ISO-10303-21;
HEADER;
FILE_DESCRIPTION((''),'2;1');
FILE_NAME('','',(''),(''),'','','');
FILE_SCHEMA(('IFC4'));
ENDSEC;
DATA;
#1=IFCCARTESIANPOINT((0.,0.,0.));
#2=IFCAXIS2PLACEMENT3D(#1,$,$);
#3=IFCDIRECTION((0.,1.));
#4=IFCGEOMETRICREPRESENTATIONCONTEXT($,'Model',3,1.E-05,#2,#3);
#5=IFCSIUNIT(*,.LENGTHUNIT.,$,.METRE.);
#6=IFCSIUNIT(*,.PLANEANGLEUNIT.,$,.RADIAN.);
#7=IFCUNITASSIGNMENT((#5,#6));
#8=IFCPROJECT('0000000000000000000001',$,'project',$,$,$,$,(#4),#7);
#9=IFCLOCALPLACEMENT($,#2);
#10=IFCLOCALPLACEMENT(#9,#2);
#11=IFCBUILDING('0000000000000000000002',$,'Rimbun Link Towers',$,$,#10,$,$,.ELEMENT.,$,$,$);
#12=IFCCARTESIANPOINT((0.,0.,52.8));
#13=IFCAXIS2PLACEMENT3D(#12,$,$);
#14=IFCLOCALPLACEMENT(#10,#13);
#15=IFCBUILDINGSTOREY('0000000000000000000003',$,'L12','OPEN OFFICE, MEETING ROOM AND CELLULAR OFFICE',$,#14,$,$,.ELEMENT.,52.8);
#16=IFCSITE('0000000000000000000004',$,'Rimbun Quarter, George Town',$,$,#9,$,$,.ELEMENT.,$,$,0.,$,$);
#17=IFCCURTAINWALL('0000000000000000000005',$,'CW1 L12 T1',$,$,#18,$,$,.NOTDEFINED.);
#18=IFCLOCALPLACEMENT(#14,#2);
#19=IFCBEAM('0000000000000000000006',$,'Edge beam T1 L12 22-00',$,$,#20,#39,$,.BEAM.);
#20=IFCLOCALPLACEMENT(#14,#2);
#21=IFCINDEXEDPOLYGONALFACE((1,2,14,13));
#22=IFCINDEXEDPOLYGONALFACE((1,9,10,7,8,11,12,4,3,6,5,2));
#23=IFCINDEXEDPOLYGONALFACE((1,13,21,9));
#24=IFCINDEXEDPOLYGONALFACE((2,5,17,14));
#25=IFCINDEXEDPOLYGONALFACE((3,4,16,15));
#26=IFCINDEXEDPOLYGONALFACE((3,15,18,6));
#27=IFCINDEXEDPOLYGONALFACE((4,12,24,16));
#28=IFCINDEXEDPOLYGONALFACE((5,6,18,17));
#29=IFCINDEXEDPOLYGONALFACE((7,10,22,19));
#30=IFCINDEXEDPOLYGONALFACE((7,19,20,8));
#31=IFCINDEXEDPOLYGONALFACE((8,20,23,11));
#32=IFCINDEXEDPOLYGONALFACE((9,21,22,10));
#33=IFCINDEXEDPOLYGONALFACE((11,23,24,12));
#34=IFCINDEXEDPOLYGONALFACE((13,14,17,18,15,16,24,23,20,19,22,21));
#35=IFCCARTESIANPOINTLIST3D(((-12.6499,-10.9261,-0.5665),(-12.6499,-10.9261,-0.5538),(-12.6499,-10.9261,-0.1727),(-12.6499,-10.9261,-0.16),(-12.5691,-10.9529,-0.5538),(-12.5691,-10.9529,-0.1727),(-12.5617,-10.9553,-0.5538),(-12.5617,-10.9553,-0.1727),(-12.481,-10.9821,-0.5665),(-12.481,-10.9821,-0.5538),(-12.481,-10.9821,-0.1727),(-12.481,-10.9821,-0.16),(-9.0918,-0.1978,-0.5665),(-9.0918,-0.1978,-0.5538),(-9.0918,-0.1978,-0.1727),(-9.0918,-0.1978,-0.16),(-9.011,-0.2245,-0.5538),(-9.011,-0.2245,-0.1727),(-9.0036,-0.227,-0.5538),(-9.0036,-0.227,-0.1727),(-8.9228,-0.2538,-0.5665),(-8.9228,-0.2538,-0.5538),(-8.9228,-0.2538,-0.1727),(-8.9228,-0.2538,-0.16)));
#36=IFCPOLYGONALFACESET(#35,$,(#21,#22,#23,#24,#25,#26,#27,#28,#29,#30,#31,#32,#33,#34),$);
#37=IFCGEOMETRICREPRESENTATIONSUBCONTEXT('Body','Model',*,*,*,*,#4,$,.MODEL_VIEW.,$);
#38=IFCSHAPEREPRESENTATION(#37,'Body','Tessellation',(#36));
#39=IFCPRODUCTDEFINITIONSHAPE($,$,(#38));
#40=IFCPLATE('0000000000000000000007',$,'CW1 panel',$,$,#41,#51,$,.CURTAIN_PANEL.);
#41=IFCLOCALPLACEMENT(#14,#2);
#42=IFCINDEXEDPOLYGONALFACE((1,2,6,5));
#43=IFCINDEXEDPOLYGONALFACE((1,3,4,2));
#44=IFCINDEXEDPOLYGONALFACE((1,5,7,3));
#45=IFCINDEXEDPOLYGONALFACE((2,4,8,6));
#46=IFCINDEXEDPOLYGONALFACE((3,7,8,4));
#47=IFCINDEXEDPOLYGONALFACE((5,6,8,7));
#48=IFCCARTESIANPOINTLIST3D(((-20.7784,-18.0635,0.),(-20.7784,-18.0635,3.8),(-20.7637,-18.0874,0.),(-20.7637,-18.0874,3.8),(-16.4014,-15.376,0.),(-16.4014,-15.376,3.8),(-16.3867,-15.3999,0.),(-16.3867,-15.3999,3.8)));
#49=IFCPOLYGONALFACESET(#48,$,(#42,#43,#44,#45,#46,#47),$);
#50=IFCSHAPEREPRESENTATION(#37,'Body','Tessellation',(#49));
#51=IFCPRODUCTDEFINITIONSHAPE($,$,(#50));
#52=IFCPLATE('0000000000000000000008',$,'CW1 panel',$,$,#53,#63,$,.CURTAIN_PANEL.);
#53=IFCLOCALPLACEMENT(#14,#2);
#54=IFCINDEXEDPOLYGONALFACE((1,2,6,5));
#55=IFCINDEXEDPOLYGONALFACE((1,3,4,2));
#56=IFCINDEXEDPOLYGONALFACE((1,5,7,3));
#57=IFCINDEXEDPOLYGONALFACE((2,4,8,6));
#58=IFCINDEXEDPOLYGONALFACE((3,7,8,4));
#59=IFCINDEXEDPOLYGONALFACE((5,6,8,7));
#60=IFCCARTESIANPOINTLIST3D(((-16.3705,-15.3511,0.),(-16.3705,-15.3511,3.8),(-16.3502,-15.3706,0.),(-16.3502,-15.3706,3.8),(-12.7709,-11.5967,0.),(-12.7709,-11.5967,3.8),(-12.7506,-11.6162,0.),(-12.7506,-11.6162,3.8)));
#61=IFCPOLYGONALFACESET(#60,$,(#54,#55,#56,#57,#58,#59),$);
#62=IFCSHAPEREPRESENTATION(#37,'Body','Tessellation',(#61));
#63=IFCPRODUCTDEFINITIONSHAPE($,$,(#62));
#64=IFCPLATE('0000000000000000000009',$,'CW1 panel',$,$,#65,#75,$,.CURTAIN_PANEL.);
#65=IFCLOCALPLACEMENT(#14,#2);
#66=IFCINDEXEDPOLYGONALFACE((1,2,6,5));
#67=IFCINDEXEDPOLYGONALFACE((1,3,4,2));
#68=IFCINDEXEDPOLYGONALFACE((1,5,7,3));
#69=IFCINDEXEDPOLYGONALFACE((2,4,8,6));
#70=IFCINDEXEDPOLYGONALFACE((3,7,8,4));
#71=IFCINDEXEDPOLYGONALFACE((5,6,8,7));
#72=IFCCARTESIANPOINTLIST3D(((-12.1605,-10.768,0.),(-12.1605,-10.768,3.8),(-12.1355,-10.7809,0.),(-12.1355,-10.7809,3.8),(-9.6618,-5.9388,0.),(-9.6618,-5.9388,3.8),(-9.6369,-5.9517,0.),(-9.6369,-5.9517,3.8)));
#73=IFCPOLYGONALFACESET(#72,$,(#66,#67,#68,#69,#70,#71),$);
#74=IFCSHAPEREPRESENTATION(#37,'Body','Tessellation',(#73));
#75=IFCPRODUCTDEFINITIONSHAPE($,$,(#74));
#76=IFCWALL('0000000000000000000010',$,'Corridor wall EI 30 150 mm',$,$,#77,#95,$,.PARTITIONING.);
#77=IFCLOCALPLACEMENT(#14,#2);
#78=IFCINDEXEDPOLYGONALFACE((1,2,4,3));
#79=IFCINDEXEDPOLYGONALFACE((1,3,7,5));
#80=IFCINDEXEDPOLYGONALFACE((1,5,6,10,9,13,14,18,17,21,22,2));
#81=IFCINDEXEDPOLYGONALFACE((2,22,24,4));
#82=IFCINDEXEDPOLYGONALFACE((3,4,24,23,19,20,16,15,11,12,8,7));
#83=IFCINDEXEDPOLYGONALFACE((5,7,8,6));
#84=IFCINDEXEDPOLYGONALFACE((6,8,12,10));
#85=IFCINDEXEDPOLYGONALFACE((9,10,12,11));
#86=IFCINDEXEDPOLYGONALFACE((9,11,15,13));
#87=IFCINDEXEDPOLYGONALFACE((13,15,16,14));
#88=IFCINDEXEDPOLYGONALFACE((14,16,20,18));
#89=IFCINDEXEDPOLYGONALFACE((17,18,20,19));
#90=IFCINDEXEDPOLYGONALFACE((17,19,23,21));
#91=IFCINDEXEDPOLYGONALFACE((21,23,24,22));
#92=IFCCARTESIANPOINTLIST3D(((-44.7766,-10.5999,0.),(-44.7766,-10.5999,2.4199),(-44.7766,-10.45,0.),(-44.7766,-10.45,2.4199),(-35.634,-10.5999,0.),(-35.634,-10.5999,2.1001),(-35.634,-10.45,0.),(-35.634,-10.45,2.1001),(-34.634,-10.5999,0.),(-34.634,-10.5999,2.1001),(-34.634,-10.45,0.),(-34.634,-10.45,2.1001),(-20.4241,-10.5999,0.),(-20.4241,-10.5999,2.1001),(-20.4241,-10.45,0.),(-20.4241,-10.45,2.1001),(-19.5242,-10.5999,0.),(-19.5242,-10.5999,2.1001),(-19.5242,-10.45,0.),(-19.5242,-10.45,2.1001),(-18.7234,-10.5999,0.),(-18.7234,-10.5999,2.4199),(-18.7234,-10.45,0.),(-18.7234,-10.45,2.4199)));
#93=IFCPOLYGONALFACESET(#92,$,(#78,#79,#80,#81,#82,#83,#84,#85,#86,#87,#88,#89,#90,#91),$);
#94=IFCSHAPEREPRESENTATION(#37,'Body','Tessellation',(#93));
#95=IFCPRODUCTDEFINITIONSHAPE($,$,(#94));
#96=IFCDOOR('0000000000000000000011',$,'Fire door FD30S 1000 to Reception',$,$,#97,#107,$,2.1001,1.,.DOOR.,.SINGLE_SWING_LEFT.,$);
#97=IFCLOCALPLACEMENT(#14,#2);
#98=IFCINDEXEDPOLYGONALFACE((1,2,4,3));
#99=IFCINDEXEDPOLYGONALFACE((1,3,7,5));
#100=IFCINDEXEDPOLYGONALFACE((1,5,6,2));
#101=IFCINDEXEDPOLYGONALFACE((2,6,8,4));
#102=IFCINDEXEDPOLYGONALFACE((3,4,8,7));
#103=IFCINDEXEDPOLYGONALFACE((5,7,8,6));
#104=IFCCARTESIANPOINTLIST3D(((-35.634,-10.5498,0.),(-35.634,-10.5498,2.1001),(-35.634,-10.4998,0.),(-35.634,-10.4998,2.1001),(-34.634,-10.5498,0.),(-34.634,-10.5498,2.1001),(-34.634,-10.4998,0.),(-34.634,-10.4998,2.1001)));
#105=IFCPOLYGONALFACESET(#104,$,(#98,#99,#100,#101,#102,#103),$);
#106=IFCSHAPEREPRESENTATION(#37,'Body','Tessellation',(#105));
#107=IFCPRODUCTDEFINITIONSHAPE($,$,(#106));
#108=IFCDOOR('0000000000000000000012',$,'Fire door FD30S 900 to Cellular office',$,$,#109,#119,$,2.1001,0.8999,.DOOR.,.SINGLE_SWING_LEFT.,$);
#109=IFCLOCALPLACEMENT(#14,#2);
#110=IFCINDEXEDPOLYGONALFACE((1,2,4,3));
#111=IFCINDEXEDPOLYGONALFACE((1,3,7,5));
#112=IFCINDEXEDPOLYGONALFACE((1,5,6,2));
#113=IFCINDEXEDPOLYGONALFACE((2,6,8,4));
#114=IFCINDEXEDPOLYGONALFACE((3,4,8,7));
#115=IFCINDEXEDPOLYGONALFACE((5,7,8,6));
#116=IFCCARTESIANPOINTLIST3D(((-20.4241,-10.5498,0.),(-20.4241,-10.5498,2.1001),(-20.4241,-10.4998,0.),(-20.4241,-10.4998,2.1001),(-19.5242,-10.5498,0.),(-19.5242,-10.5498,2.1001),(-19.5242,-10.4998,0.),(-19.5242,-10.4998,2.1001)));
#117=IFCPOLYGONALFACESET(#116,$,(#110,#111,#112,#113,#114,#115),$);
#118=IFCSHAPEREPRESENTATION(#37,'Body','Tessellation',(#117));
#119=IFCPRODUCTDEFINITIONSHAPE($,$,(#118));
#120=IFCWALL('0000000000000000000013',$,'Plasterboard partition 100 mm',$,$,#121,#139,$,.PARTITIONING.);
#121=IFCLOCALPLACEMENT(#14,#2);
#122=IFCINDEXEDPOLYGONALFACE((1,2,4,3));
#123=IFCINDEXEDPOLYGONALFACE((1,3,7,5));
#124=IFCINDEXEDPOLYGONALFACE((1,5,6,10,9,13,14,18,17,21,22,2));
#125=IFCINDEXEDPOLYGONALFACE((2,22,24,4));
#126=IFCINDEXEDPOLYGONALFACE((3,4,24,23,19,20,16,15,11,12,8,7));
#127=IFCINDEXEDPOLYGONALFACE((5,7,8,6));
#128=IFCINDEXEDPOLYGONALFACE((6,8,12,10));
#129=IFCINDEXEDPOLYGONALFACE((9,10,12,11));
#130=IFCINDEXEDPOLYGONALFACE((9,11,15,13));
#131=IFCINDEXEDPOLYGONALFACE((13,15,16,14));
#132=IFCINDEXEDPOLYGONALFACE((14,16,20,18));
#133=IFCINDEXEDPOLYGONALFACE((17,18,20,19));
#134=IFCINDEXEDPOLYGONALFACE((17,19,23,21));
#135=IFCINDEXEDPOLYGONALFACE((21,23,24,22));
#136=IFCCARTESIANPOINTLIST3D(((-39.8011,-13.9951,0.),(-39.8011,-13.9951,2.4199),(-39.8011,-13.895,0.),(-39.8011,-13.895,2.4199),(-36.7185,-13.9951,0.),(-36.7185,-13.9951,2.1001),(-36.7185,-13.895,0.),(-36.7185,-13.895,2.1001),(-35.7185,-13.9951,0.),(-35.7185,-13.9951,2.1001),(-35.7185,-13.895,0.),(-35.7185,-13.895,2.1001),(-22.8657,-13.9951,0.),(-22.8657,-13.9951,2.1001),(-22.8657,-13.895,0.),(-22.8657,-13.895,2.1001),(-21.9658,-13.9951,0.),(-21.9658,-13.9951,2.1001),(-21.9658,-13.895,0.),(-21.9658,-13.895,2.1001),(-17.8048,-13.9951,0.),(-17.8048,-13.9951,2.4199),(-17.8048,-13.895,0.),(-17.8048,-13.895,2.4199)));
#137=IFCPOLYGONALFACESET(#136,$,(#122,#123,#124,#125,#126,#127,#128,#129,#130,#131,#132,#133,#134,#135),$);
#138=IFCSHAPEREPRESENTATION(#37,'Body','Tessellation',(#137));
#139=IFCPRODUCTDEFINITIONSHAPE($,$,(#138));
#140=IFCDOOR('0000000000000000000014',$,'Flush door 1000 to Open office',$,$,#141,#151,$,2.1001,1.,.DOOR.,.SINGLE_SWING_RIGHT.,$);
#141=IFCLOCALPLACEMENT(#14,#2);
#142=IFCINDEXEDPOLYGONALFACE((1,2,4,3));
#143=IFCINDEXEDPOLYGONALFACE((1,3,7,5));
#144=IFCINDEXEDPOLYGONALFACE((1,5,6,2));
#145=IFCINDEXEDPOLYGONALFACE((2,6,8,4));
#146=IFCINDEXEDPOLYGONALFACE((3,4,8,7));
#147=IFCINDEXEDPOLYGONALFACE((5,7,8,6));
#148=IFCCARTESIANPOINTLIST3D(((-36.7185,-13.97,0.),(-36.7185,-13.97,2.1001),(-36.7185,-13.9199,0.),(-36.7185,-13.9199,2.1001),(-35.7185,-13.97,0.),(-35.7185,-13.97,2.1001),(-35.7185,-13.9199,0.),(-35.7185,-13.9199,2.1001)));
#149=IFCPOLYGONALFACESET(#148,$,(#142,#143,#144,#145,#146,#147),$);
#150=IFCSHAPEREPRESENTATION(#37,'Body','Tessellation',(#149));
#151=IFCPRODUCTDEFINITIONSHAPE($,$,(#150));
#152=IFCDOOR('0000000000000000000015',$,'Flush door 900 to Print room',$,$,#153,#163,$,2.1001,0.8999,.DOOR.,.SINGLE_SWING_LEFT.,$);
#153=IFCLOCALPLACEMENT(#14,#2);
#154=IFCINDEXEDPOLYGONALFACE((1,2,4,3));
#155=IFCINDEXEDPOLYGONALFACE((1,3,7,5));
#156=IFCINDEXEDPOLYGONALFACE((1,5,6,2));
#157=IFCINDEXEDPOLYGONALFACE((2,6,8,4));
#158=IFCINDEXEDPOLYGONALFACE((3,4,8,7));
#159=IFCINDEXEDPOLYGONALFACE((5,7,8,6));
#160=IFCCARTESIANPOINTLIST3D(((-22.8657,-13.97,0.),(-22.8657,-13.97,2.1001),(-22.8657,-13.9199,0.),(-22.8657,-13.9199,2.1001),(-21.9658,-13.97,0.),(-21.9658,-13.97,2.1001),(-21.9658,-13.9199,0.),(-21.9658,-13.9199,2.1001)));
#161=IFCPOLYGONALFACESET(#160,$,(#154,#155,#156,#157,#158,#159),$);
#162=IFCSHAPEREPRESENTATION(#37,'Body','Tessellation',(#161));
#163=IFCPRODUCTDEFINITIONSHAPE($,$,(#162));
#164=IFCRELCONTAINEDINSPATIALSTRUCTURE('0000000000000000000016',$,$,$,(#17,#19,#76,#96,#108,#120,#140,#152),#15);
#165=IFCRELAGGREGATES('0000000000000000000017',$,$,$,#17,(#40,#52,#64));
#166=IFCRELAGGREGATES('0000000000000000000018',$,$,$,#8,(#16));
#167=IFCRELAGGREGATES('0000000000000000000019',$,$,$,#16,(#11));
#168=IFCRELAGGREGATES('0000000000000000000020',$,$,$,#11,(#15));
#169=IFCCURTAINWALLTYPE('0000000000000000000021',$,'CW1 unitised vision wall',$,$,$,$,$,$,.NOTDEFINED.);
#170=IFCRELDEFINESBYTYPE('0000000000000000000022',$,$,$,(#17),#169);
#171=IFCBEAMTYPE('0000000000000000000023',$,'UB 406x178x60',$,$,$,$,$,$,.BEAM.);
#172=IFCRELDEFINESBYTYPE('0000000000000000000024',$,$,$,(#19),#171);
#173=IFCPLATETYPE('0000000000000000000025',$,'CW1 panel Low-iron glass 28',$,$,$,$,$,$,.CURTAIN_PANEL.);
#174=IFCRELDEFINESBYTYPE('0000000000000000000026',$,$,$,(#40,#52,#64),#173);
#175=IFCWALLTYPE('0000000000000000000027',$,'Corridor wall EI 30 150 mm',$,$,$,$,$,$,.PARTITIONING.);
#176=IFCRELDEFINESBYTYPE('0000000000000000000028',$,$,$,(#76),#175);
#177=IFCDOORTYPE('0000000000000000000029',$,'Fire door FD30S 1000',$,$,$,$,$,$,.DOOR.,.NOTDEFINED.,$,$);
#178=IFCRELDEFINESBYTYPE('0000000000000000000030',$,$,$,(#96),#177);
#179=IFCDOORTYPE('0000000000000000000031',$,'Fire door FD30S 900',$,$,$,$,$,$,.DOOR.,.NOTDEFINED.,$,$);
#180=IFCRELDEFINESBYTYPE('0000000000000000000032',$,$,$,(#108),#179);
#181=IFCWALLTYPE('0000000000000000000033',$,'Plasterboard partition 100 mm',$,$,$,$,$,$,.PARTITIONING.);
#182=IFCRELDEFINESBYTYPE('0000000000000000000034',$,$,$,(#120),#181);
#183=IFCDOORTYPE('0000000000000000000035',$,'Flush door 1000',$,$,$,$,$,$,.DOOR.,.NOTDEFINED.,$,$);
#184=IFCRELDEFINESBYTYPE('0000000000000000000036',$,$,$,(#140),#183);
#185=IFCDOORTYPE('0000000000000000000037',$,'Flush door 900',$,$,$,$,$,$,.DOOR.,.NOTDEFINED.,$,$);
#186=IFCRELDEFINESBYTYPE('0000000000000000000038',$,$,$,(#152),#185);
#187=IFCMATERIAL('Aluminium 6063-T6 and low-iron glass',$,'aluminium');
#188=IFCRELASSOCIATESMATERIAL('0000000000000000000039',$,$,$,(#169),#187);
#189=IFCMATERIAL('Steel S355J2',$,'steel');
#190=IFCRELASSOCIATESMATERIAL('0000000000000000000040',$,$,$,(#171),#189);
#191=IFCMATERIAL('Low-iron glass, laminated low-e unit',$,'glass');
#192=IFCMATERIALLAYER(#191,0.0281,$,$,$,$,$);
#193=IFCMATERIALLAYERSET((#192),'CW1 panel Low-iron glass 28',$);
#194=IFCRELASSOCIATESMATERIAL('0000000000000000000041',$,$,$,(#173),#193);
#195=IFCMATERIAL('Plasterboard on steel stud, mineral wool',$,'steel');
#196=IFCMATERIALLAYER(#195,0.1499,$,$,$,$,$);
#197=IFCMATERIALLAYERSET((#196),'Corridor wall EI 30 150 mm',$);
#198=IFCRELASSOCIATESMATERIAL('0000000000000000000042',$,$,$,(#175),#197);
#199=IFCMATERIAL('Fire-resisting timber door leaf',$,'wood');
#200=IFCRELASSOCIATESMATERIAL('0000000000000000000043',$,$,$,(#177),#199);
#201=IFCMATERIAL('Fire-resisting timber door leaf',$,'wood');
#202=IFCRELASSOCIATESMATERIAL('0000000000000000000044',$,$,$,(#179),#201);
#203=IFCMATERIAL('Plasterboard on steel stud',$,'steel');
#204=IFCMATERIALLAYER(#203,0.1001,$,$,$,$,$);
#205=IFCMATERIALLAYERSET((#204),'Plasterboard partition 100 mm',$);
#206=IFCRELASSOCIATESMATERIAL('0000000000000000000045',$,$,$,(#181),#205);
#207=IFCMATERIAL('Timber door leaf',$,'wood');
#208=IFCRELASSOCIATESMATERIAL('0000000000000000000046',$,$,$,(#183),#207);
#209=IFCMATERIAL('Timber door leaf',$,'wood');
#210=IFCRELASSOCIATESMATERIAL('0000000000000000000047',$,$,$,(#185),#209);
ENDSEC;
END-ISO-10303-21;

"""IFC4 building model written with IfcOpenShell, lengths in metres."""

from ifc_helpers import new_model, si_unit, direction, frame, frame_2d, origin, origin_2d, place, context, subcontext, project, spatial, rectangle, i_section, extrude, material, layer, layer_set, material_profile, profile_set, type_object, element, fill, aggregate, save


model = new_model("IFC4")

# Units and contexts
model_context = context("Model", 3, precision=1e-05, world=origin(), true_north=direction((0.0, 1.0)))
body_context = subcontext(model_context, "Body", "Model", "MODEL_VIEW")
ifc_project = project(units=[si_unit("LENGTHUNIT", "METRE"), si_unit("PLANEANGLEUNIT", "RADIAN")], contexts=[model_context])

# Site, building, storey
site_placement = place(None, origin())
site = spatial("IfcSite", under=ifc_project, at=site_placement, Name="Rimbun Quarter, George Town", CompositionType="ELEMENT", RefElevation=0.0)
building_placement = place(site_placement, origin())
building = spatial("IfcBuilding", under=site, at=building_placement, Name="Rimbun Link Towers", CompositionType="ELEMENT")
storey_placement = place(building_placement, frame((0.0, 0.0, 52.8)))
storey = spatial("IfcBuildingStorey", under=building, at=storey_placement, Name="L12", Description="OPEN OFFICE, MEETING ROOM AND CELLULAR OFFICE", CompositionType="ELEMENT", Elevation=52.8)

# Curtain wall
ifc_material_1 = material(Name="Aluminium 6063-T6 and low-iron glass", Category="aluminium")
curtain_wall_type = type_object("IfcCurtainWallType", Name="CW1 unitised vision wall", PredefinedType="NOTDEFINED", material=ifc_material_1)
curtain_wall_placement = place(storey_placement, origin())
curtain_wall = element("IfcCurtainWall", 1, at=curtain_wall_placement, inside=storey, type_object=curtain_wall_type, Name="CW1 L12 T1", PredefinedType="NOTDEFINED")

# Beam
ifc_material_2 = material(Name="Steel S355J2", Category="steel")
ifc_material_profile_1 = material_profile(ifc_material_2, i_section(OverallWidth=0.178, OverallDepth=0.4065, WebThickness=0.0078, FlangeThickness=0.0127, at=origin_2d()), Name="UB 406x178x60")
ifc_profile_set_1 = profile_set([ifc_material_profile_1], Name="Steel S355J2")
beam_type = type_object("IfcBeamType", Name="UB 406x178x60", PredefinedType="BEAM", material=ifc_profile_set_1)
beam_placement = place(storey_placement, frame((-12.5654, -10.9541, -0.3633), z_axis=(0.314795, 0.94916, 0.0), x_axis=(-0.94916, 0.314795, 0.0)))
element("IfcBeam", 2, at=beam_placement, inside=storey, type_object=beam_type, Name="Edge beam T1 L12 22-00", PredefinedType="BEAM", context=body_context, shape_type="SweptSolid", body=[
    extrude(i_section(OverallWidth=0.178, OverallDepth=0.4065, WebThickness=0.0078, FlangeThickness=0.0127, at=origin_2d()), origin(), (0.0, 0.0, 1.0), 11.303),
])

# Plates
ifc_material_3 = material(Name="Low-iron glass, laminated low-e unit", Category="glass")
ifc_layer_1 = layer(ifc_material_3, 0.0281)
ifc_layer_set_1 = layer_set([ifc_layer_1], Name="CW1 panel Low-iron glass 28")
plate_type = type_object("IfcPlateType", Name="CW1 panel Low-iron glass 28", PredefinedType="CURTAIN_PANEL", material=ifc_layer_set_1)
plate_1_placement = place(storey_placement, frame((-18.5825, -16.7317, 0.0), z_axis=(0.0, 0.0, 1.0), x_axis=(-0.852183, -0.523243, 0.0)))
plate_1 = element("IfcPlate", 3, at=plate_1_placement, type_object=plate_type, Name="CW1 panel", PredefinedType="CURTAIN_PANEL", context=body_context, shape_type="SweptSolid", body=[
    extrude(rectangle(XDim=5.1362, YDim=0.0281, at=origin_2d()), origin(), (0.0, 0.0, 1.0), 3.8),
])
plate_2_placement = place(storey_placement, frame((-14.5605, -13.4836, 0.0), z_axis=(0.0, 0.0, 1.0), x_axis=(-0.692065, -0.721835, 0.0)))
plate_2 = element("IfcPlate", 4, at=plate_2_placement, type_object=plate_type, Name="CW1 panel", PredefinedType="CURTAIN_PANEL", context=body_context, shape_type="SweptSolid", body=[
    extrude(rectangle(XDim=5.2012, YDim=0.0281, at=origin_2d()), origin(), (0.0, 0.0, 1.0), 3.8),
])
plate_3_placement = place(storey_placement, frame((-10.8987, -8.3599, 0.0), z_axis=(0.0, 0.0, 1.0), x_axis=(-0.459541, -0.888157, 0.0)))
plate_3 = element("IfcPlate", 5, at=plate_3_placement, type_object=plate_type, Name="CW1 panel", PredefinedType="CURTAIN_PANEL", context=body_context, shape_type="SweptSolid", body=[
    extrude(rectangle(XDim=5.4373, YDim=0.0281, at=origin_2d()), origin(), (0.0, 0.0, 1.0), 3.8),
])
aggregate(curtain_wall, [plate_1, plate_2, plate_3])

# Walls, openings, doors
ifc_material_4 = material(Name="Plasterboard on steel stud, mineral wool", Category="steel")
ifc_layer_2 = layer(ifc_material_4, 0.1499)
ifc_layer_set_2 = layer_set([ifc_layer_2], Name="Corridor wall EI 30 150 mm")
wall_type_1 = type_object("IfcWallType", Name="Corridor wall EI 30 150 mm", PredefinedType="PARTITIONING", material=ifc_layer_set_2)
wall_1_placement = place(storey_placement, frame((-18.7234, -10.5249, 0.0), z_axis=(0.0, 0.0, 1.0), x_axis=(-1.0, 0.0, 0.0)))
wall_1 = element("IfcWall", 6, at=wall_1_placement, inside=storey, type_object=wall_type_1, Name="Corridor wall EI 30 150 mm", PredefinedType="PARTITIONING", context=body_context, shape_type="SweptSolid", body=[
    extrude(rectangle(XDim=26.0532, YDim=0.1499, at=frame_2d((13.0266, 0.0))), origin(), (0.0, 0.0, 1.0), 2.4199),
])
opening_1_placement = place(wall_1_placement, frame((15.9106, 0.0, 0.0)))
opening_1 = element("IfcOpeningElement", 7, at=opening_1_placement, cuts=wall_1, PredefinedType="OPENING", context=body_context, shape_type="SweptSolid", body=[
    extrude(rectangle(XDim=1.0, YDim=2.1001, at=frame_2d((0.5, 1.05))), frame((0.0, 0.085, 0.0), z_axis=(0.0, -1.0, 0.0), x_axis=(1.0, 0.0, 0.0)), (0.0, 0.0, 1.0), 0.1699),
])
opening_2_placement = place(wall_1_placement, frame((0.8008, 0.0, 0.0)))
opening_2 = element("IfcOpeningElement", 8, at=opening_2_placement, cuts=wall_1, PredefinedType="OPENING", context=body_context, shape_type="SweptSolid", body=[
    extrude(rectangle(XDim=0.8999, YDim=2.1001, at=frame_2d((0.45, 1.05))), frame((0.0, 0.085, 0.0), z_axis=(0.0, -1.0, 0.0), x_axis=(1.0, 0.0, 0.0)), (0.0, 0.0, 1.0), 0.1699),
])
ifc_material_5 = material(Name="Fire-resisting timber door leaf", Category="wood")
door_type_1 = type_object("IfcDoorType", Name="Fire door FD30S 1000", OperationType="NOTDEFINED", PredefinedType="DOOR", material=ifc_material_5)
door_1_placement = place(opening_1_placement, origin())
door_1 = element("IfcDoor", 9, at=door_1_placement, inside=storey, type_object=door_type_1, Name="Fire door FD30S 1000 to Reception", OperationType="SINGLE_SWING_LEFT", OverallHeight=2.1001, OverallWidth=1.0, PredefinedType="DOOR", context=body_context, shape_type="SweptSolid", body=[
    extrude(rectangle(XDim=1.0, YDim=2.1001, at=frame_2d((0.5, 1.05))), frame((0.0, 0.0249, 0.0), z_axis=(0.0, -1.0, 0.0), x_axis=(1.0, 0.0, 0.0)), (0.0, 0.0, 1.0), 0.05),
])
fill(opening_1, door_1)
ifc_material_6 = material(Name="Fire-resisting timber door leaf", Category="wood")
door_type_2 = type_object("IfcDoorType", Name="Fire door FD30S 900", OperationType="NOTDEFINED", PredefinedType="DOOR", material=ifc_material_6)
door_2_placement = place(opening_2_placement, origin())
door_2 = element("IfcDoor", 10, at=door_2_placement, inside=storey, type_object=door_type_2, Name="Fire door FD30S 900 to Cellular office", OperationType="SINGLE_SWING_LEFT", OverallHeight=2.1001, OverallWidth=0.8999, PredefinedType="DOOR", context=body_context, shape_type="SweptSolid", body=[
    extrude(rectangle(XDim=0.8999, YDim=2.1001, at=frame_2d((0.45, 1.05))), frame((0.0, 0.0249, 0.0), z_axis=(0.0, -1.0, 0.0), x_axis=(1.0, 0.0, 0.0)), (0.0, 0.0, 1.0), 0.05),
])
fill(opening_2, door_2)
ifc_material_7 = material(Name="Plasterboard on steel stud", Category="steel")
ifc_layer_3 = layer(ifc_material_7, 0.1001)
ifc_layer_set_3 = layer_set([ifc_layer_3], Name="Plasterboard partition 100 mm")
wall_type_2 = type_object("IfcWallType", Name="Plasterboard partition 100 mm", PredefinedType="PARTITIONING", material=ifc_layer_set_3)
wall_2_placement = place(storey_placement, frame((-17.8049, -13.9451, 0.0), z_axis=(0.0, 0.0, 1.0), x_axis=(-1.0, 0.0, 0.0)))
wall_2 = element("IfcWall", 11, at=wall_2_placement, inside=storey, type_object=wall_type_2, Name="Plasterboard partition 100 mm", PredefinedType="PARTITIONING", context=body_context, shape_type="SweptSolid", body=[
    extrude(rectangle(XDim=21.9963, YDim=0.1001, at=frame_2d((10.998, 0.0))), origin(), (0.0, 0.0, 1.0), 2.4199),
])
opening_3_placement = place(wall_2_placement, frame((17.9136, 0.0, 0.0)))
opening_3 = element("IfcOpeningElement", 12, at=opening_3_placement, cuts=wall_2, PredefinedType="OPENING", context=body_context, shape_type="SweptSolid", body=[
    extrude(rectangle(XDim=1.0, YDim=2.1001, at=frame_2d((0.5, 1.05))), frame((0.0, 0.0601, 0.0), z_axis=(0.0, -1.0, 0.0), x_axis=(1.0, 0.0, 0.0)), (0.0, 0.0, 1.0), 0.1201),
])
opening_4_placement = place(wall_2_placement, frame((4.1609, 0.0, 0.0)))
opening_4 = element("IfcOpeningElement", 13, at=opening_4_placement, cuts=wall_2, PredefinedType="OPENING", context=body_context, shape_type="SweptSolid", body=[
    extrude(rectangle(XDim=0.8999, YDim=2.1001, at=frame_2d((0.45, 1.05))), frame((0.0, 0.0601, 0.0), z_axis=(0.0, -1.0, 0.0), x_axis=(1.0, 0.0, 0.0)), (0.0, 0.0, 1.0), 0.1201),
])
ifc_material_8 = material(Name="Timber door leaf", Category="wood")
door_type_3 = type_object("IfcDoorType", Name="Flush door 1000", OperationType="NOTDEFINED", PredefinedType="DOOR", material=ifc_material_8)
door_3_placement = place(opening_3_placement, origin())
door_3 = element("IfcDoor", 14, at=door_3_placement, inside=storey, type_object=door_type_3, Name="Flush door 1000 to Open office", OperationType="SINGLE_SWING_RIGHT", OverallHeight=2.1001, OverallWidth=1.0, PredefinedType="DOOR", context=body_context, shape_type="SweptSolid", body=[
    extrude(rectangle(XDim=1.0, YDim=2.1001, at=frame_2d((0.5, 1.05))), frame((0.0, 0.0249, 0.0), z_axis=(0.0, -1.0, 0.0), x_axis=(1.0, 0.0, 0.0)), (0.0, 0.0, 1.0), 0.05),
])
fill(opening_3, door_3)
ifc_material_9 = material(Name="Timber door leaf", Category="wood")
door_type_4 = type_object("IfcDoorType", Name="Flush door 900", OperationType="NOTDEFINED", PredefinedType="DOOR", material=ifc_material_9)
door_4_placement = place(opening_4_placement, origin())
door_4 = element("IfcDoor", 15, at=door_4_placement, inside=storey, type_object=door_type_4, Name="Flush door 900 to Print room", OperationType="SINGLE_SWING_LEFT", OverallHeight=2.1001, OverallWidth=0.8999, PredefinedType="DOOR", context=body_context, shape_type="SweptSolid", body=[
    extrude(rectangle(XDim=0.8999, YDim=2.1001, at=frame_2d((0.45, 1.05))), frame((0.0, 0.0249, 0.0), z_axis=(0.0, -1.0, 0.0), x_axis=(1.0, 0.0, 0.0)), (0.0, 0.0, 1.0), 0.05),
])
fill(opening_4, door_4)

save(model, "model.ifc")
